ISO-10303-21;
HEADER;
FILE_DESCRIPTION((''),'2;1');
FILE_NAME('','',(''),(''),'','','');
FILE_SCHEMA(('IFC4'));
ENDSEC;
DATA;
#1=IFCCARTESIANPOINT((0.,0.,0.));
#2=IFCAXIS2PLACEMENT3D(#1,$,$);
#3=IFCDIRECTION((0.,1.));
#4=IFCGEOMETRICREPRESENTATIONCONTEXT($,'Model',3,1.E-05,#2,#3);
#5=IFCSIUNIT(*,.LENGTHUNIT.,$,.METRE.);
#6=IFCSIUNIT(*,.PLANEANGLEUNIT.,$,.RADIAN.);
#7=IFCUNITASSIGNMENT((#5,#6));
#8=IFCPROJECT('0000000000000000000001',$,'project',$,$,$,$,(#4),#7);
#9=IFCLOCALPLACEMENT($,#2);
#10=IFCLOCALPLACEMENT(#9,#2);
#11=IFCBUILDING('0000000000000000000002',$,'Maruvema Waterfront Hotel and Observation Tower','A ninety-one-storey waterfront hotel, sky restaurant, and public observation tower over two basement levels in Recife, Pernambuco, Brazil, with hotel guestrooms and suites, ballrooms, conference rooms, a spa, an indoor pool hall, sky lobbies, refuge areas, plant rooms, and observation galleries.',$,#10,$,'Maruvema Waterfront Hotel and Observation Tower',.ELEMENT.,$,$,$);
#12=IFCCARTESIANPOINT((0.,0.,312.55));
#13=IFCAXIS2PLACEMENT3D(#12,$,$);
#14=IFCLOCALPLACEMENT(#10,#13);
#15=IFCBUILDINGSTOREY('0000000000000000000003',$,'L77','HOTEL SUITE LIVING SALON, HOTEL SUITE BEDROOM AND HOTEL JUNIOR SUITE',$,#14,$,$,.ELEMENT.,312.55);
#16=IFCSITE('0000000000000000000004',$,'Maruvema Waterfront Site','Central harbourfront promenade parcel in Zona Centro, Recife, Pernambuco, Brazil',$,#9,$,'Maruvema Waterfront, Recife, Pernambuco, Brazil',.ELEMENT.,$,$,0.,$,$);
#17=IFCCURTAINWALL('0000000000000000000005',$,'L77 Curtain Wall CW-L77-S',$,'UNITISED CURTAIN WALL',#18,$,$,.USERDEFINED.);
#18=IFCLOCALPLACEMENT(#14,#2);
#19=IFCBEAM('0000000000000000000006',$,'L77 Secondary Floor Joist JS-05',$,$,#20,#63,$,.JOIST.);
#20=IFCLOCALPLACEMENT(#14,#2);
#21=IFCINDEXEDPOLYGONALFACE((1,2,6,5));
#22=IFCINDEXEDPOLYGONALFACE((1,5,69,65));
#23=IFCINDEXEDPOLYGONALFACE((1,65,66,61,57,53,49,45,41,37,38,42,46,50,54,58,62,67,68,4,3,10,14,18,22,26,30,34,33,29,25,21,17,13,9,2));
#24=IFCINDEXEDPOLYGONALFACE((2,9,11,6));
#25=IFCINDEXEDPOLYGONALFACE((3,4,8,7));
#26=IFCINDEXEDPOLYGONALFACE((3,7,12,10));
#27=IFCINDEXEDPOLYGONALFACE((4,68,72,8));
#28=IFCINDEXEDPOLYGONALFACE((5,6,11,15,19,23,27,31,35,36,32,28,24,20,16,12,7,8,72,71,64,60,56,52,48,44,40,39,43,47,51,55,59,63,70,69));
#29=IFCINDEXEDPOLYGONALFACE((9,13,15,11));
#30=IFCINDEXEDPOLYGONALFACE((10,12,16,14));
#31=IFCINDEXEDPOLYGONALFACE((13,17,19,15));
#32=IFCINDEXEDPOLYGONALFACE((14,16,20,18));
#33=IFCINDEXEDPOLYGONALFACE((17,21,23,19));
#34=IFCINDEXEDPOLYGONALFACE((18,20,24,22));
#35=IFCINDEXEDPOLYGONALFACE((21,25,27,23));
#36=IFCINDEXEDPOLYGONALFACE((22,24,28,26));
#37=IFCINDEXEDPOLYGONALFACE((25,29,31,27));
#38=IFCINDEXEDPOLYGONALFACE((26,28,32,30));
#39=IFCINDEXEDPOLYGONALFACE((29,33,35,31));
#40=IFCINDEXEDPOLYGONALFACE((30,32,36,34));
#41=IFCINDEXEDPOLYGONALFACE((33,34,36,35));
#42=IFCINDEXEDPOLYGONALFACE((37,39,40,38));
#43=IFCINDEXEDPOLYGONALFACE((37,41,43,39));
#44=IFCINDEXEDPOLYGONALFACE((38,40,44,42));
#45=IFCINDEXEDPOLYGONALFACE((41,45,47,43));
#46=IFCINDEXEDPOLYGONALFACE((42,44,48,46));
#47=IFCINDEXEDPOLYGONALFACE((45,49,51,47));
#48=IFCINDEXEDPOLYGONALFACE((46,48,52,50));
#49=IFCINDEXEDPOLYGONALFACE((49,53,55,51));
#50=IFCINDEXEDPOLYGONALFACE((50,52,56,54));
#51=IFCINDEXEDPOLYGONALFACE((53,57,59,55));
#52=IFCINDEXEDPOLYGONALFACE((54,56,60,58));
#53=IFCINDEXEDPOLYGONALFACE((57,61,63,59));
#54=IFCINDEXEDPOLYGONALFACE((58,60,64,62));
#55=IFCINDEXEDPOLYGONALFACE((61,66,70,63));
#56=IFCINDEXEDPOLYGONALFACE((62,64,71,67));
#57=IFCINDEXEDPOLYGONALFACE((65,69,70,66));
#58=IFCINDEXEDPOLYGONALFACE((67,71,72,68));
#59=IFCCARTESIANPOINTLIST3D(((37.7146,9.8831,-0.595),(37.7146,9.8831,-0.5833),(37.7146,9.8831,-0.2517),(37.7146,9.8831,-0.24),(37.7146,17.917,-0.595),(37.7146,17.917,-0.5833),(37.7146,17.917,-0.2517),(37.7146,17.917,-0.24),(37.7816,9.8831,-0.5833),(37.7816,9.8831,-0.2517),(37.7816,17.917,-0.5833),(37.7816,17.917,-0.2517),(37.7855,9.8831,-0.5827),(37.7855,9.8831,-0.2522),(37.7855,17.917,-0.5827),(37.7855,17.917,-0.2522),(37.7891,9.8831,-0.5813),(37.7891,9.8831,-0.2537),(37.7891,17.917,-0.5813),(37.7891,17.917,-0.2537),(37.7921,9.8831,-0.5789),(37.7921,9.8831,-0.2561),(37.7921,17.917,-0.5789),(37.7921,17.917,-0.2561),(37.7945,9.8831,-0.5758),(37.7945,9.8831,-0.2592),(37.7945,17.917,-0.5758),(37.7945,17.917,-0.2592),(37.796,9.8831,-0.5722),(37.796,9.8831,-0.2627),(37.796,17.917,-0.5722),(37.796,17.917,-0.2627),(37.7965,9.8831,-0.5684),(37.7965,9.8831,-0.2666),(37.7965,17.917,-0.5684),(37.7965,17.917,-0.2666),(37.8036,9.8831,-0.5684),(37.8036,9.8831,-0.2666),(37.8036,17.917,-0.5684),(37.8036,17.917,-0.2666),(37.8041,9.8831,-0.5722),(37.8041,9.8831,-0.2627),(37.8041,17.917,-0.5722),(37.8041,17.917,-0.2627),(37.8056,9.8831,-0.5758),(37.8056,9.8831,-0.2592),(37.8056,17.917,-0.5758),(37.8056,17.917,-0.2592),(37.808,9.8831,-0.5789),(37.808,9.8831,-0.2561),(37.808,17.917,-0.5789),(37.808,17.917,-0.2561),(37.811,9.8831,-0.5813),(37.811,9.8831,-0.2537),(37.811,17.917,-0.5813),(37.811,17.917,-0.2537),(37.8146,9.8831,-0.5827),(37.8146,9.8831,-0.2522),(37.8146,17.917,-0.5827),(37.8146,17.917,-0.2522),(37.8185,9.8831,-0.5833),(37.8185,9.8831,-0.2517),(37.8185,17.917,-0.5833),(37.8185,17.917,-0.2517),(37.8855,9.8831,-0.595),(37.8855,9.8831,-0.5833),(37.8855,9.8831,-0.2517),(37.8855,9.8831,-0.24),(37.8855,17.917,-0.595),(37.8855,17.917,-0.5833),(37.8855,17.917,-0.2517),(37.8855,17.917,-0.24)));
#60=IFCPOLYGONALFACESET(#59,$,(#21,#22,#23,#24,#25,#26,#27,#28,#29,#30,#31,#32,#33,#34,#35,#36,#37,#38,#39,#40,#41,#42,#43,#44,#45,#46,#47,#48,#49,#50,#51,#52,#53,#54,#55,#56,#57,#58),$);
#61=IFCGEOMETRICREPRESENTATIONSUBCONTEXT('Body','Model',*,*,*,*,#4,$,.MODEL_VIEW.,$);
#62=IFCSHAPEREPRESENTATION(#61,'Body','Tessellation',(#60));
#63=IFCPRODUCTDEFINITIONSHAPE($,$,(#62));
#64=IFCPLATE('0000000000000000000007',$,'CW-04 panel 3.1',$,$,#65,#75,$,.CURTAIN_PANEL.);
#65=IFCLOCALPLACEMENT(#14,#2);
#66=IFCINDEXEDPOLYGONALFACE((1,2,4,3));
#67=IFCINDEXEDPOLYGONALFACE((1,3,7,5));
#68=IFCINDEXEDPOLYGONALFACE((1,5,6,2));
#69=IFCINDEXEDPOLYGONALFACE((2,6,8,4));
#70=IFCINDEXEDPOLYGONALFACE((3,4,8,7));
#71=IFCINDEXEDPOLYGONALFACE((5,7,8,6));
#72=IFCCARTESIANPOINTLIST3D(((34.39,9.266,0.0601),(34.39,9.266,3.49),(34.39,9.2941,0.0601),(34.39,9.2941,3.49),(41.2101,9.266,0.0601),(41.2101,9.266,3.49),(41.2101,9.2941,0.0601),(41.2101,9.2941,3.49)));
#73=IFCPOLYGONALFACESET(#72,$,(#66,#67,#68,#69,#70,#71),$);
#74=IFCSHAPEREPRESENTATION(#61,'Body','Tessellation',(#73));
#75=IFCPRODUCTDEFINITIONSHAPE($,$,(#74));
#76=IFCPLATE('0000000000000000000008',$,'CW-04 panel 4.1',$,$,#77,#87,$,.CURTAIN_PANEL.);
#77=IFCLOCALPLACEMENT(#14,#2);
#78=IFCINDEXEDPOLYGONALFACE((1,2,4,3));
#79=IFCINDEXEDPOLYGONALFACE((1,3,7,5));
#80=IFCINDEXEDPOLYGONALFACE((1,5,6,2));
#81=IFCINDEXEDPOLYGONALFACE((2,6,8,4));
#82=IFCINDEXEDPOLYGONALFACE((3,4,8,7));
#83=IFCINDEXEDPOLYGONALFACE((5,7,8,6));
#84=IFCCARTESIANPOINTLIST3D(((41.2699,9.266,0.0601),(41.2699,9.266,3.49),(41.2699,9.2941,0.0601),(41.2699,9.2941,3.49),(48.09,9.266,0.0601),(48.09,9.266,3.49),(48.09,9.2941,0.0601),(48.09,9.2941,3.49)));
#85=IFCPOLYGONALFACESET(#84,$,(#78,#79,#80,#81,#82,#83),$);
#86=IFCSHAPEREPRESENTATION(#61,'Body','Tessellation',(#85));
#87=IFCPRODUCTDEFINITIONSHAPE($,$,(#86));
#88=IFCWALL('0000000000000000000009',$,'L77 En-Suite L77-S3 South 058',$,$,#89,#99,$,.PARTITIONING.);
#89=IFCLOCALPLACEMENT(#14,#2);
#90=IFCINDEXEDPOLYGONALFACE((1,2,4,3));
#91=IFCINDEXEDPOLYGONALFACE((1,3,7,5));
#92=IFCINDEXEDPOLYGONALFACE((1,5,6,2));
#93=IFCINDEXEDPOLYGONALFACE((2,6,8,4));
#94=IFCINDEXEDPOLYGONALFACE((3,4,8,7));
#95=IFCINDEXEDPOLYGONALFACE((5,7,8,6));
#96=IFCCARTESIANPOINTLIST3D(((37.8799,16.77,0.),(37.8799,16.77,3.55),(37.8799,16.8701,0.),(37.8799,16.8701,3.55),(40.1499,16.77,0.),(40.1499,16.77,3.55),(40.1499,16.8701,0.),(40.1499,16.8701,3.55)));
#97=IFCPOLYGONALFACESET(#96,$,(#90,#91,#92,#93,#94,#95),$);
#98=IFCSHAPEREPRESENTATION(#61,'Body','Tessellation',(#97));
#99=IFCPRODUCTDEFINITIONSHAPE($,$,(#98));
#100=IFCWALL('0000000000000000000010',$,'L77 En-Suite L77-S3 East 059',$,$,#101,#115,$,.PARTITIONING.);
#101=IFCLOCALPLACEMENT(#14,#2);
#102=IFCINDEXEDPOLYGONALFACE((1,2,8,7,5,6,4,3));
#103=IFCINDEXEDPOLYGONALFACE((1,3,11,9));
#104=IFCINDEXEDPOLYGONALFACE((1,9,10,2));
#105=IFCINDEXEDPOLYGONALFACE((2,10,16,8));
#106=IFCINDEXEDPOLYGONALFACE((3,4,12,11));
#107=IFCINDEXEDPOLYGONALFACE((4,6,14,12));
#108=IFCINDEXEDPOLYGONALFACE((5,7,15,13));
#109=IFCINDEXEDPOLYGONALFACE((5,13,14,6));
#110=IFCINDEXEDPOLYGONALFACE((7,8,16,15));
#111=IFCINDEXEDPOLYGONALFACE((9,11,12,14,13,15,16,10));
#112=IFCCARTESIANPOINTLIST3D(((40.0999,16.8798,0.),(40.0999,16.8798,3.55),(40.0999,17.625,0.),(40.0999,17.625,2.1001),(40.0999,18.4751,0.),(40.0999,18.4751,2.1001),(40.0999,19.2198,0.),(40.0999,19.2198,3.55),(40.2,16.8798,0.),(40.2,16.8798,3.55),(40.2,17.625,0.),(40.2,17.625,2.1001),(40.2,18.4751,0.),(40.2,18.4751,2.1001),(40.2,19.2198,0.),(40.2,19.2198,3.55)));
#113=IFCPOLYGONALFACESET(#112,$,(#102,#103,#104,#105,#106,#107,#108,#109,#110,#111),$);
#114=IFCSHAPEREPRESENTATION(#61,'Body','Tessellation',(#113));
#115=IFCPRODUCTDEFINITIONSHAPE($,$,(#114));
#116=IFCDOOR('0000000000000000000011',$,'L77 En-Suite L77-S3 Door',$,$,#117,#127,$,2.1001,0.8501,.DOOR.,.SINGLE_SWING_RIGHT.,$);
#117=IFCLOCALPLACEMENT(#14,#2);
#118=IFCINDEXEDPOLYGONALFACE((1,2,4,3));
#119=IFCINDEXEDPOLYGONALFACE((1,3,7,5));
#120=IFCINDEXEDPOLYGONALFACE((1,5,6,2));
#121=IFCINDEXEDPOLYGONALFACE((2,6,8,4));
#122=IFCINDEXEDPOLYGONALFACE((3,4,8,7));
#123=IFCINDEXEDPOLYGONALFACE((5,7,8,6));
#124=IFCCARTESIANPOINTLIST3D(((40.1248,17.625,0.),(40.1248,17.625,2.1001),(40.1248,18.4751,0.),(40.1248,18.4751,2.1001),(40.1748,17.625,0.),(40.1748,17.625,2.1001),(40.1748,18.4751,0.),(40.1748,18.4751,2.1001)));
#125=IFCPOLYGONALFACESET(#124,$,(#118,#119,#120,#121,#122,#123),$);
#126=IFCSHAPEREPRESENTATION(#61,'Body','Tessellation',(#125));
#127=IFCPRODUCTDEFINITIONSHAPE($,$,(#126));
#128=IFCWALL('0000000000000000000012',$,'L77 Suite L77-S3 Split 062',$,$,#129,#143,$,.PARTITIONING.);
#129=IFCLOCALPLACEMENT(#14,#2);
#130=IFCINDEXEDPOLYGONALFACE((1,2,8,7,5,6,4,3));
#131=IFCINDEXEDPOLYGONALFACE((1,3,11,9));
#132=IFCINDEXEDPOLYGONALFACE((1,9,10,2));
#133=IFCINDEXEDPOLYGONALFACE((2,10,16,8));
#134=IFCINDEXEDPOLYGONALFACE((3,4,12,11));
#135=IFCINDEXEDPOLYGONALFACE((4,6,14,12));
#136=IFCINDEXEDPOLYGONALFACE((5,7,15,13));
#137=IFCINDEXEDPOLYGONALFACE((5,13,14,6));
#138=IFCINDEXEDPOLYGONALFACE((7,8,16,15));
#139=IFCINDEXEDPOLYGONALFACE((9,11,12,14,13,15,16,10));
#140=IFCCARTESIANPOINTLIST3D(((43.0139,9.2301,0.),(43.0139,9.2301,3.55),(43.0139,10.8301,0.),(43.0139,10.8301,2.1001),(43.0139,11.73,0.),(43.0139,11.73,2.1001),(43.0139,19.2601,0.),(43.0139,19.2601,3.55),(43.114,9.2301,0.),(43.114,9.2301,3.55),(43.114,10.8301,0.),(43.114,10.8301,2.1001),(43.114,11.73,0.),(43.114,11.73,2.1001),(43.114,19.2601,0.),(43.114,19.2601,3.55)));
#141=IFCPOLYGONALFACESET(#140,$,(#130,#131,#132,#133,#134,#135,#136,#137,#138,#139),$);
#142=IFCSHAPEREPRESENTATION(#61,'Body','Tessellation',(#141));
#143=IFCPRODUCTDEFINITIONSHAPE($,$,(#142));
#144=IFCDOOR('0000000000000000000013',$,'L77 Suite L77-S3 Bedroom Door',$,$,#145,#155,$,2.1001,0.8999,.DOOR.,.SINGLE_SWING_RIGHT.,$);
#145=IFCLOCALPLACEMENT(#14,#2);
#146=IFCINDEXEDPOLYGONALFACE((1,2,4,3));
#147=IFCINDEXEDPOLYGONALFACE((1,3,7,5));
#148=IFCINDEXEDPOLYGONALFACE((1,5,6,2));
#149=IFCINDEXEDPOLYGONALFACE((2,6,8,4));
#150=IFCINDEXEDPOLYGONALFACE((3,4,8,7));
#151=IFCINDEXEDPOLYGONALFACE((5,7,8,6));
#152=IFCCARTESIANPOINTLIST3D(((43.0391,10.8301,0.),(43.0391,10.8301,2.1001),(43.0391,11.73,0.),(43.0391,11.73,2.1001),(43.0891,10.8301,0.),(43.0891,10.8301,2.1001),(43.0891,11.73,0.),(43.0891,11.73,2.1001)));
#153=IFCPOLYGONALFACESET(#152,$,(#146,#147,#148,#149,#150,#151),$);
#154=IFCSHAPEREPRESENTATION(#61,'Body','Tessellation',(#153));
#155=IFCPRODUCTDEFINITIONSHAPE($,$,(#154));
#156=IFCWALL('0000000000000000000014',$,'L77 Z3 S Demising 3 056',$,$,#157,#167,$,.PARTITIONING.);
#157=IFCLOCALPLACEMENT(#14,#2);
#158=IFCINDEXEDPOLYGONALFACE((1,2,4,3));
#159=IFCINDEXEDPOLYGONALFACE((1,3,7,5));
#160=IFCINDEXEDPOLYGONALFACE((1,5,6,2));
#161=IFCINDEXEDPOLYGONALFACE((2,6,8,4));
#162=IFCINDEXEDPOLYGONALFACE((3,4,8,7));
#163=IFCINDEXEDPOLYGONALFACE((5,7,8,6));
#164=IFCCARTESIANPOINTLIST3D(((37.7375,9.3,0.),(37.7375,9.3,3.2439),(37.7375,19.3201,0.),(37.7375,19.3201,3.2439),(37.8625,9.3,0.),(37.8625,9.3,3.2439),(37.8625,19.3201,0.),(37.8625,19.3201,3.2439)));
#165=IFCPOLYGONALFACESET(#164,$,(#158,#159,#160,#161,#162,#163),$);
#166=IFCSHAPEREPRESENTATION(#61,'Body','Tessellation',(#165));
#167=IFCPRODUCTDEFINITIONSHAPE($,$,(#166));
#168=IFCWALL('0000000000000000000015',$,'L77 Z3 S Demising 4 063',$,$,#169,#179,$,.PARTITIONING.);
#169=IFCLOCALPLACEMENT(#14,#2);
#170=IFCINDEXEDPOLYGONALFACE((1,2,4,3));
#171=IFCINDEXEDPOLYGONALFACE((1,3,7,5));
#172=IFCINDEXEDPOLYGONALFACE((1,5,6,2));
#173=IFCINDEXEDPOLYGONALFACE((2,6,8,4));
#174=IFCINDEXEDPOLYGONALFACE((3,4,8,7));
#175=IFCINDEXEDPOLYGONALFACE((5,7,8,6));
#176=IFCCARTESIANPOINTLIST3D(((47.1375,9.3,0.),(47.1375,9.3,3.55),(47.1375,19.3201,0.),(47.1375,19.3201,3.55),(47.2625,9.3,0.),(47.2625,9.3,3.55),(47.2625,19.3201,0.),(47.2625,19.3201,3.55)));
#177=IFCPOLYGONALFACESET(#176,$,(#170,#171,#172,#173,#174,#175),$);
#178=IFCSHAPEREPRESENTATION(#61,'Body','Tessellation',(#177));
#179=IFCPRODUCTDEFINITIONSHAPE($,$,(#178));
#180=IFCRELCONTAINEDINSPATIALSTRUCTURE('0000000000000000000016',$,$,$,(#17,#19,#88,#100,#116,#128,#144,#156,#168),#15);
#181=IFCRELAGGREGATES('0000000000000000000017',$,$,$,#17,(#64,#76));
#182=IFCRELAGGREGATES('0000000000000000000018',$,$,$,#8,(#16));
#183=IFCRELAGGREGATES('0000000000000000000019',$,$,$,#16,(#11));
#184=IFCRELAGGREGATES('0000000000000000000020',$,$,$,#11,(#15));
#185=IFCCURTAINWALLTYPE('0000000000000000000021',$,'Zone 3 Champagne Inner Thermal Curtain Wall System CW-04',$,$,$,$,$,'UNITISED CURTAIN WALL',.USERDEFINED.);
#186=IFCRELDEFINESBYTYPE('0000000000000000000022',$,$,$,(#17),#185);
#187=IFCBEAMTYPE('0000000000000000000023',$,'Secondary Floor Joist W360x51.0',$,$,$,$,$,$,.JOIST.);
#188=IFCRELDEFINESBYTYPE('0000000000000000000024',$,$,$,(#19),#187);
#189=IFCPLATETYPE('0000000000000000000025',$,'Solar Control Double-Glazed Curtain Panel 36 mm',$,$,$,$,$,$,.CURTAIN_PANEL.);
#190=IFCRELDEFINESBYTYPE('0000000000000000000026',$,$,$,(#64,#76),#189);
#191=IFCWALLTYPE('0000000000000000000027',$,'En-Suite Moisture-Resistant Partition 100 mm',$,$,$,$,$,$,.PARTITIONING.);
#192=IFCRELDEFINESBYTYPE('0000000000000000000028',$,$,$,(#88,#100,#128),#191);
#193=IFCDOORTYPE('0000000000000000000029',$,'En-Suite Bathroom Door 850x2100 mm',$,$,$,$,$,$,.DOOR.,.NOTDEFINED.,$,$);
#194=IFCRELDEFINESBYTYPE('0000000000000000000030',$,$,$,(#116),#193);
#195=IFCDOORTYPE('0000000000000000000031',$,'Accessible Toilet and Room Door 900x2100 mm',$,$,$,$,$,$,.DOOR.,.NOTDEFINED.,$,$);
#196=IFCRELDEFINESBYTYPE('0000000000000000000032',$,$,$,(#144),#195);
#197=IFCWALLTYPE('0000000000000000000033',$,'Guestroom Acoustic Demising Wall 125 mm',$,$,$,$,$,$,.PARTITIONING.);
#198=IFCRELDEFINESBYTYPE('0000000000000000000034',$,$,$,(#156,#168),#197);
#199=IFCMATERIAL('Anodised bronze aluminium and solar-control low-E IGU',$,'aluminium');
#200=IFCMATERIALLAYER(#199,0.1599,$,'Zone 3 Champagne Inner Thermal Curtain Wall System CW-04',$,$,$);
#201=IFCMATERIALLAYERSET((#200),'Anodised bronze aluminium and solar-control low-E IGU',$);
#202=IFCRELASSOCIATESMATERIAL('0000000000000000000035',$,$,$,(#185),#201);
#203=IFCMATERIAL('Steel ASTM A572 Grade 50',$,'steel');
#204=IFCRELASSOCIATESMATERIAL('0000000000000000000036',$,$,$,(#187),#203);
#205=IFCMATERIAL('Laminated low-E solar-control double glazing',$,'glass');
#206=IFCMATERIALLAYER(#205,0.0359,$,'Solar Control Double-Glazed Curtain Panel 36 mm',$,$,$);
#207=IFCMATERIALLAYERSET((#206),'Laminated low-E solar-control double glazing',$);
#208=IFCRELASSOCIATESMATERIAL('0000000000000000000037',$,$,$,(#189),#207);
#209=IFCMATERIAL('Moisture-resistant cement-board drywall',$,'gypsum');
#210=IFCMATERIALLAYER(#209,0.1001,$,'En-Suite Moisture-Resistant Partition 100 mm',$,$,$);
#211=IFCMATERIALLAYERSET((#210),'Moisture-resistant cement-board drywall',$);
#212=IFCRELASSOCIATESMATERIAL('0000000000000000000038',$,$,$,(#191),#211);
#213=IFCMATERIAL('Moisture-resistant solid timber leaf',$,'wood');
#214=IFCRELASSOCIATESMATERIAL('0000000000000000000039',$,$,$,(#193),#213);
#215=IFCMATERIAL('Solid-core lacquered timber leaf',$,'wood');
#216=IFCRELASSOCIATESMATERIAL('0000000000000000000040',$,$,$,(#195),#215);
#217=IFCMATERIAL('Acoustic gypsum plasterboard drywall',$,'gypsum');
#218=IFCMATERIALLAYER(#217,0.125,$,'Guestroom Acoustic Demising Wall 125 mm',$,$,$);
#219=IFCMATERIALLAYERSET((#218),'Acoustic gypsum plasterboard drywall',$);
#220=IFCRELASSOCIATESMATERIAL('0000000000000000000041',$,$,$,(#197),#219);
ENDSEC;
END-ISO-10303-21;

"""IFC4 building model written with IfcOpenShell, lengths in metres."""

from ifc_helpers import new_model, si_unit, direction, frame, frame_2d, origin, origin_2d, place, context, subcontext, project, spatial, rectangle, i_section, extrude, material, layer, layer_set, material_profile, profile_set, type_object, element, fill, aggregate, save


model = new_model("IFC4")

# Units and contexts
model_context = context("Model", 3, precision=1e-05, world=origin(), true_north=direction((0.0, 1.0)))
body_context = subcontext(model_context, "Body", "Model", "MODEL_VIEW")
ifc_project = project(units=[si_unit("LENGTHUNIT", "METRE"), si_unit("PLANEANGLEUNIT", "RADIAN")], contexts=[model_context])

# Site, building, storey
site_placement = place(None, origin())
site = spatial("IfcSite", under=ifc_project, at=site_placement, Name="Maruvema Waterfront Site", Description="Central harbourfront promenade parcel in Zona Centro, Recife, Pernambuco, Brazil", LongName="Maruvema Waterfront, Recife, Pernambuco, Brazil", CompositionType="ELEMENT", RefElevation=0.0)
building_placement = place(site_placement, origin())
building = spatial("IfcBuilding", under=site, at=building_placement, Name="Maruvema Waterfront Hotel and Observation Tower", Description="A ninety-one-storey waterfront hotel, sky restaurant, and public observation tower over two basement levels in Recife, Pernambuco, Brazil, with hotel guestrooms and suites, ballrooms, conference rooms, a spa, an indoor pool hall, sky lobbies, refuge areas, plant rooms, and observation galleries.", LongName="Maruvema Waterfront Hotel and Observation Tower", CompositionType="ELEMENT")
storey_placement = place(building_placement, frame((0.0, 0.0, 312.55)))
storey = spatial("IfcBuildingStorey", under=building, at=storey_placement, Name="L77", Description="HOTEL SUITE LIVING SALON, HOTEL SUITE BEDROOM AND HOTEL JUNIOR SUITE", CompositionType="ELEMENT", Elevation=312.55)

# Curtain wall
ifc_material_1 = material(Name="Anodised bronze aluminium and solar-control low-E IGU", Category="aluminium")
ifc_layer_1 = layer(ifc_material_1, 0.1599, Name="Zone 3 Champagne Inner Thermal Curtain Wall System CW-04")
ifc_layer_set_1 = layer_set([ifc_layer_1], Name="Anodised bronze aluminium and solar-control low-E IGU")
curtain_wall_type = type_object("IfcCurtainWallType", Name="Zone 3 Champagne Inner Thermal Curtain Wall System CW-04", ElementType="UNITISED CURTAIN WALL", PredefinedType="USERDEFINED", material=ifc_layer_set_1)
curtain_wall_placement = place(storey_placement, origin())
curtain_wall = element("IfcCurtainWall", 1, at=curtain_wall_placement, inside=storey, type_object=curtain_wall_type, Name="L77 Curtain Wall CW-L77-S", ObjectType="UNITISED CURTAIN WALL", PredefinedType="USERDEFINED")

# Beam
ifc_material_2 = material(Name="Steel ASTM A572 Grade 50", Category="steel")
ifc_material_profile_1 = material_profile(ifc_material_2, i_section(OverallWidth=0.1709, OverallDepth=0.355, WebThickness=0.0071, FlangeThickness=0.0117, FilletRadius=0.0149, at=origin_2d()), Name="W360x51.0")
ifc_profile_set_1 = profile_set([ifc_material_profile_1], Name="Steel ASTM A572 Grade 50")
beam_type_1 = type_object("IfcBeamType", Name="Secondary Floor Joist W360x51.0", PredefinedType="JOIST", material=ifc_profile_set_1)
beam_1_placement = place(storey_placement, frame((37.8, 9.8831, -0.4175), z_axis=(0.0, 1.0, 0.0), x_axis=(-1.0, 0.0, 0.0)))
element("IfcBeam", 2, at=beam_1_placement, inside=storey, type_object=beam_type_1, Name="L77 Secondary Floor Joist JS-05", PredefinedType="JOIST", context=body_context, shape_type="SweptSolid", body=[
    extrude(i_section(OverallWidth=0.1709, OverallDepth=0.355, WebThickness=0.0071, FlangeThickness=0.0117, FilletRadius=0.0149, at=origin_2d()), origin(), (0.0, 0.0, 1.0), 8.0339),
])

# Plates
ifc_material_3 = material(Name="Laminated low-E solar-control double glazing", Category="glass")
ifc_layer_2 = layer(ifc_material_3, 0.0359, Name="Solar Control Double-Glazed Curtain Panel 36 mm")
ifc_layer_set_2 = layer_set([ifc_layer_2], Name="Laminated low-E solar-control double glazing")
plate_type = type_object("IfcPlateType", Name="Solar Control Double-Glazed Curtain Panel 36 mm", PredefinedType="CURTAIN_PANEL", material=ifc_layer_set_2)
plate_1_placement = place(storey_placement, frame((37.8, 9.28, 0.0601), z_axis=(0.0, 0.0, 1.0), x_axis=(1.0, 0.0, 0.0)))
plate_1 = element("IfcPlate", 3, at=plate_1_placement, type_object=plate_type, Name="CW-04 panel 3.1", PredefinedType="CURTAIN_PANEL", context=body_context, shape_type="SweptSolid", body=[
    extrude(rectangle(XDim=6.8201, YDim=0.0281, at=origin_2d()), origin(), (0.0, 0.0, 1.0), 3.4299),
])
plate_2_placement = place(storey_placement, frame((44.6799, 9.28, 0.0601), z_axis=(0.0, 0.0, 1.0), x_axis=(1.0, 0.0, 0.0)))
plate_2 = element("IfcPlate", 4, at=plate_2_placement, type_object=plate_type, Name="CW-04 panel 4.1", PredefinedType="CURTAIN_PANEL", context=body_context, shape_type="SweptSolid", body=[
    extrude(rectangle(XDim=6.8201, YDim=0.0281, at=origin_2d()), origin(), (0.0, 0.0, 1.0), 3.4299),
])
aggregate(curtain_wall, [plate_1, plate_2])

# Wall
ifc_material_4 = material(Name="Moisture-resistant cement-board drywall", Category="gypsum")
ifc_layer_3 = layer(ifc_material_4, 0.1001, Name="En-Suite Moisture-Resistant Partition 100 mm")
ifc_layer_set_3 = layer_set([ifc_layer_3], Name="Moisture-resistant cement-board drywall")
wall_type_1 = type_object("IfcWallType", Name="En-Suite Moisture-Resistant Partition 100 mm", PredefinedType="PARTITIONING", material=ifc_layer_set_3)
wall_1_placement = place(storey_placement, frame((37.8799, 16.8201, 0.0), z_axis=(0.0, 0.0, 1.0), x_axis=(1.0, 0.0, 0.0)))
element("IfcWall", 5, at=wall_1_placement, inside=storey, type_object=wall_type_1, Name="L77 En-Suite L77-S3 South 058", PredefinedType="PARTITIONING", context=body_context, shape_type="SweptSolid", body=[
    extrude(rectangle(XDim=2.27, YDim=0.1001, at=frame_2d((1.135, 0.0))), origin(), (0.0, 0.0, 1.0), 3.55),
])

# Walls, openings, doors
wall_2_placement = place(storey_placement, frame((40.1499, 16.8799, 0.0), z_axis=(0.0, 0.0, 1.0), x_axis=(0.0, 1.0, 0.0)))
wall_2 = element("IfcWall", 6, at=wall_2_placement, inside=storey, type_object=wall_type_1, Name="L77 En-Suite L77-S3 East 059", PredefinedType="PARTITIONING", context=body_context, shape_type="SweptSolid", body=[
    extrude(rectangle(XDim=2.3401, YDim=0.1001, at=frame_2d((1.1699, 0.0))), origin(), (0.0, 0.0, 1.0), 3.55),
])
opening_1_placement = place(wall_2_placement, frame((0.7451, 0.0, 0.0)))
opening_1 = element("IfcOpeningElement", 7, at=opening_1_placement, cuts=wall_2, PredefinedType="OPENING", context=body_context, shape_type="SweptSolid", body=[
    extrude(rectangle(XDim=0.8501, YDim=2.1001, at=frame_2d((0.425, 1.05))), frame((0.0, 0.0601, 0.0), z_axis=(0.0, -1.0, 0.0), x_axis=(1.0, 0.0, 0.0)), (0.0, 0.0, 1.0), 0.1201),
])
ifc_material_5 = material(Name="Moisture-resistant solid timber leaf", Category="wood")
door_type_1 = type_object("IfcDoorType", Name="En-Suite Bathroom Door 850x2100 mm", OperationType="NOTDEFINED", PredefinedType="DOOR", material=ifc_material_5)
door_1_placement = place(opening_1_placement, frame((0.8501, 0.0, 0.0), z_axis=(0.0, 0.0, 1.0), x_axis=(-1.0, 0.0, 0.0)))
door_1 = element("IfcDoor", 8, at=door_1_placement, inside=storey, type_object=door_type_1, Name="L77 En-Suite L77-S3 Door", OperationType="SINGLE_SWING_RIGHT", OverallHeight=2.1001, OverallWidth=0.8501, PredefinedType="DOOR", context=body_context, shape_type="SweptSolid", body=[
    extrude(rectangle(XDim=0.8501, YDim=2.1001, at=frame_2d((0.425, 1.05))), frame((0.0, 0.0249, 0.0), z_axis=(0.0, -1.0, 0.0), x_axis=(1.0, 0.0, 0.0)), (0.0, 0.0, 1.0), 0.05),
])
fill(opening_1, door_1)
wall_3_placement = place(storey_placement, frame((43.064, 9.23, 0.0), z_axis=(0.0, 0.0, 1.0), x_axis=(0.0, 1.0, 0.0)))
wall_3 = element("IfcWall", 9, at=wall_3_placement, inside=storey, type_object=wall_type_1, Name="L77 Suite L77-S3 Split 062", PredefinedType="PARTITIONING", context=body_context, shape_type="SweptSolid", body=[
    extrude(rectangle(XDim=10.03, YDim=0.1001, at=frame_2d((5.0151, 0.0))), origin(), (0.0, 0.0, 1.0), 3.55),
])
opening_2_placement = place(wall_3_placement, frame((1.6001, 0.0, 0.0)))
opening_2 = element("IfcOpeningElement", 10, at=opening_2_placement, cuts=wall_3, PredefinedType="OPENING", context=body_context, shape_type="SweptSolid", body=[
    extrude(rectangle(XDim=0.8999, YDim=2.1001, at=frame_2d((0.45, 1.05))), frame((0.0, 0.0601, 0.0), z_axis=(0.0, -1.0, 0.0), x_axis=(1.0, 0.0, 0.0)), (0.0, 0.0, 1.0), 0.1201),
])
ifc_material_6 = material(Name="Solid-core lacquered timber leaf", Category="wood")
door_type_2 = type_object("IfcDoorType", Name="Accessible Toilet and Room Door 900x2100 mm", OperationType="NOTDEFINED", PredefinedType="DOOR", material=ifc_material_6)
door_2_placement = place(opening_2_placement, origin())
door_2 = element("IfcDoor", 11, at=door_2_placement, inside=storey, type_object=door_type_2, Name="L77 Suite L77-S3 Bedroom Door", OperationType="SINGLE_SWING_RIGHT", OverallHeight=2.1001, OverallWidth=0.8999, PredefinedType="DOOR", context=body_context, shape_type="SweptSolid", body=[
    extrude(rectangle(XDim=0.8999, YDim=2.1001, at=frame_2d((0.45, 1.05))), frame((0.0, 0.0249, 0.0), z_axis=(0.0, -1.0, 0.0), x_axis=(1.0, 0.0, 0.0)), (0.0, 0.0, 1.0), 0.05),
])
fill(opening_2, door_2)

# Walls
ifc_material_7 = material(Name="Acoustic gypsum plasterboard drywall", Category="gypsum")
ifc_layer_4 = layer(ifc_material_7, 0.125, Name="Guestroom Acoustic Demising Wall 125 mm")
ifc_layer_set_4 = layer_set([ifc_layer_4], Name="Acoustic gypsum plasterboard drywall")
wall_type_2 = type_object("IfcWallType", Name="Guestroom Acoustic Demising Wall 125 mm", PredefinedType="PARTITIONING", material=ifc_layer_set_4)
wall_4_placement = place(storey_placement, frame((37.8, 9.3, 0.0), z_axis=(0.0, 0.0, 1.0), x_axis=(0.0, 1.0, 0.0)))
element("IfcWall", 12, at=wall_4_placement, inside=storey, type_object=wall_type_2, Name="L77 Z3 S Demising 3 056", PredefinedType="PARTITIONING", context=body_context, shape_type="SweptSolid", body=[
    extrude(rectangle(XDim=10.02, YDim=0.125, at=frame_2d((5.01, 0.0))), origin(), (0.0, 0.0, 1.0), 3.2439),
])
wall_5_placement = place(storey_placement, frame((47.2, 9.3, 0.0), z_axis=(0.0, 0.0, 1.0), x_axis=(0.0, 1.0, 0.0)))
element("IfcWall", 13, at=wall_5_placement, inside=storey, type_object=wall_type_2, Name="L77 Z3 S Demising 4 063", PredefinedType="PARTITIONING", context=body_context, shape_type="SweptSolid", body=[
    extrude(rectangle(XDim=10.02, YDim=0.125, at=frame_2d((5.01, 0.0))), origin(), (0.0, 0.0, 1.0), 3.55),
])

save(model, "model.ifc")
